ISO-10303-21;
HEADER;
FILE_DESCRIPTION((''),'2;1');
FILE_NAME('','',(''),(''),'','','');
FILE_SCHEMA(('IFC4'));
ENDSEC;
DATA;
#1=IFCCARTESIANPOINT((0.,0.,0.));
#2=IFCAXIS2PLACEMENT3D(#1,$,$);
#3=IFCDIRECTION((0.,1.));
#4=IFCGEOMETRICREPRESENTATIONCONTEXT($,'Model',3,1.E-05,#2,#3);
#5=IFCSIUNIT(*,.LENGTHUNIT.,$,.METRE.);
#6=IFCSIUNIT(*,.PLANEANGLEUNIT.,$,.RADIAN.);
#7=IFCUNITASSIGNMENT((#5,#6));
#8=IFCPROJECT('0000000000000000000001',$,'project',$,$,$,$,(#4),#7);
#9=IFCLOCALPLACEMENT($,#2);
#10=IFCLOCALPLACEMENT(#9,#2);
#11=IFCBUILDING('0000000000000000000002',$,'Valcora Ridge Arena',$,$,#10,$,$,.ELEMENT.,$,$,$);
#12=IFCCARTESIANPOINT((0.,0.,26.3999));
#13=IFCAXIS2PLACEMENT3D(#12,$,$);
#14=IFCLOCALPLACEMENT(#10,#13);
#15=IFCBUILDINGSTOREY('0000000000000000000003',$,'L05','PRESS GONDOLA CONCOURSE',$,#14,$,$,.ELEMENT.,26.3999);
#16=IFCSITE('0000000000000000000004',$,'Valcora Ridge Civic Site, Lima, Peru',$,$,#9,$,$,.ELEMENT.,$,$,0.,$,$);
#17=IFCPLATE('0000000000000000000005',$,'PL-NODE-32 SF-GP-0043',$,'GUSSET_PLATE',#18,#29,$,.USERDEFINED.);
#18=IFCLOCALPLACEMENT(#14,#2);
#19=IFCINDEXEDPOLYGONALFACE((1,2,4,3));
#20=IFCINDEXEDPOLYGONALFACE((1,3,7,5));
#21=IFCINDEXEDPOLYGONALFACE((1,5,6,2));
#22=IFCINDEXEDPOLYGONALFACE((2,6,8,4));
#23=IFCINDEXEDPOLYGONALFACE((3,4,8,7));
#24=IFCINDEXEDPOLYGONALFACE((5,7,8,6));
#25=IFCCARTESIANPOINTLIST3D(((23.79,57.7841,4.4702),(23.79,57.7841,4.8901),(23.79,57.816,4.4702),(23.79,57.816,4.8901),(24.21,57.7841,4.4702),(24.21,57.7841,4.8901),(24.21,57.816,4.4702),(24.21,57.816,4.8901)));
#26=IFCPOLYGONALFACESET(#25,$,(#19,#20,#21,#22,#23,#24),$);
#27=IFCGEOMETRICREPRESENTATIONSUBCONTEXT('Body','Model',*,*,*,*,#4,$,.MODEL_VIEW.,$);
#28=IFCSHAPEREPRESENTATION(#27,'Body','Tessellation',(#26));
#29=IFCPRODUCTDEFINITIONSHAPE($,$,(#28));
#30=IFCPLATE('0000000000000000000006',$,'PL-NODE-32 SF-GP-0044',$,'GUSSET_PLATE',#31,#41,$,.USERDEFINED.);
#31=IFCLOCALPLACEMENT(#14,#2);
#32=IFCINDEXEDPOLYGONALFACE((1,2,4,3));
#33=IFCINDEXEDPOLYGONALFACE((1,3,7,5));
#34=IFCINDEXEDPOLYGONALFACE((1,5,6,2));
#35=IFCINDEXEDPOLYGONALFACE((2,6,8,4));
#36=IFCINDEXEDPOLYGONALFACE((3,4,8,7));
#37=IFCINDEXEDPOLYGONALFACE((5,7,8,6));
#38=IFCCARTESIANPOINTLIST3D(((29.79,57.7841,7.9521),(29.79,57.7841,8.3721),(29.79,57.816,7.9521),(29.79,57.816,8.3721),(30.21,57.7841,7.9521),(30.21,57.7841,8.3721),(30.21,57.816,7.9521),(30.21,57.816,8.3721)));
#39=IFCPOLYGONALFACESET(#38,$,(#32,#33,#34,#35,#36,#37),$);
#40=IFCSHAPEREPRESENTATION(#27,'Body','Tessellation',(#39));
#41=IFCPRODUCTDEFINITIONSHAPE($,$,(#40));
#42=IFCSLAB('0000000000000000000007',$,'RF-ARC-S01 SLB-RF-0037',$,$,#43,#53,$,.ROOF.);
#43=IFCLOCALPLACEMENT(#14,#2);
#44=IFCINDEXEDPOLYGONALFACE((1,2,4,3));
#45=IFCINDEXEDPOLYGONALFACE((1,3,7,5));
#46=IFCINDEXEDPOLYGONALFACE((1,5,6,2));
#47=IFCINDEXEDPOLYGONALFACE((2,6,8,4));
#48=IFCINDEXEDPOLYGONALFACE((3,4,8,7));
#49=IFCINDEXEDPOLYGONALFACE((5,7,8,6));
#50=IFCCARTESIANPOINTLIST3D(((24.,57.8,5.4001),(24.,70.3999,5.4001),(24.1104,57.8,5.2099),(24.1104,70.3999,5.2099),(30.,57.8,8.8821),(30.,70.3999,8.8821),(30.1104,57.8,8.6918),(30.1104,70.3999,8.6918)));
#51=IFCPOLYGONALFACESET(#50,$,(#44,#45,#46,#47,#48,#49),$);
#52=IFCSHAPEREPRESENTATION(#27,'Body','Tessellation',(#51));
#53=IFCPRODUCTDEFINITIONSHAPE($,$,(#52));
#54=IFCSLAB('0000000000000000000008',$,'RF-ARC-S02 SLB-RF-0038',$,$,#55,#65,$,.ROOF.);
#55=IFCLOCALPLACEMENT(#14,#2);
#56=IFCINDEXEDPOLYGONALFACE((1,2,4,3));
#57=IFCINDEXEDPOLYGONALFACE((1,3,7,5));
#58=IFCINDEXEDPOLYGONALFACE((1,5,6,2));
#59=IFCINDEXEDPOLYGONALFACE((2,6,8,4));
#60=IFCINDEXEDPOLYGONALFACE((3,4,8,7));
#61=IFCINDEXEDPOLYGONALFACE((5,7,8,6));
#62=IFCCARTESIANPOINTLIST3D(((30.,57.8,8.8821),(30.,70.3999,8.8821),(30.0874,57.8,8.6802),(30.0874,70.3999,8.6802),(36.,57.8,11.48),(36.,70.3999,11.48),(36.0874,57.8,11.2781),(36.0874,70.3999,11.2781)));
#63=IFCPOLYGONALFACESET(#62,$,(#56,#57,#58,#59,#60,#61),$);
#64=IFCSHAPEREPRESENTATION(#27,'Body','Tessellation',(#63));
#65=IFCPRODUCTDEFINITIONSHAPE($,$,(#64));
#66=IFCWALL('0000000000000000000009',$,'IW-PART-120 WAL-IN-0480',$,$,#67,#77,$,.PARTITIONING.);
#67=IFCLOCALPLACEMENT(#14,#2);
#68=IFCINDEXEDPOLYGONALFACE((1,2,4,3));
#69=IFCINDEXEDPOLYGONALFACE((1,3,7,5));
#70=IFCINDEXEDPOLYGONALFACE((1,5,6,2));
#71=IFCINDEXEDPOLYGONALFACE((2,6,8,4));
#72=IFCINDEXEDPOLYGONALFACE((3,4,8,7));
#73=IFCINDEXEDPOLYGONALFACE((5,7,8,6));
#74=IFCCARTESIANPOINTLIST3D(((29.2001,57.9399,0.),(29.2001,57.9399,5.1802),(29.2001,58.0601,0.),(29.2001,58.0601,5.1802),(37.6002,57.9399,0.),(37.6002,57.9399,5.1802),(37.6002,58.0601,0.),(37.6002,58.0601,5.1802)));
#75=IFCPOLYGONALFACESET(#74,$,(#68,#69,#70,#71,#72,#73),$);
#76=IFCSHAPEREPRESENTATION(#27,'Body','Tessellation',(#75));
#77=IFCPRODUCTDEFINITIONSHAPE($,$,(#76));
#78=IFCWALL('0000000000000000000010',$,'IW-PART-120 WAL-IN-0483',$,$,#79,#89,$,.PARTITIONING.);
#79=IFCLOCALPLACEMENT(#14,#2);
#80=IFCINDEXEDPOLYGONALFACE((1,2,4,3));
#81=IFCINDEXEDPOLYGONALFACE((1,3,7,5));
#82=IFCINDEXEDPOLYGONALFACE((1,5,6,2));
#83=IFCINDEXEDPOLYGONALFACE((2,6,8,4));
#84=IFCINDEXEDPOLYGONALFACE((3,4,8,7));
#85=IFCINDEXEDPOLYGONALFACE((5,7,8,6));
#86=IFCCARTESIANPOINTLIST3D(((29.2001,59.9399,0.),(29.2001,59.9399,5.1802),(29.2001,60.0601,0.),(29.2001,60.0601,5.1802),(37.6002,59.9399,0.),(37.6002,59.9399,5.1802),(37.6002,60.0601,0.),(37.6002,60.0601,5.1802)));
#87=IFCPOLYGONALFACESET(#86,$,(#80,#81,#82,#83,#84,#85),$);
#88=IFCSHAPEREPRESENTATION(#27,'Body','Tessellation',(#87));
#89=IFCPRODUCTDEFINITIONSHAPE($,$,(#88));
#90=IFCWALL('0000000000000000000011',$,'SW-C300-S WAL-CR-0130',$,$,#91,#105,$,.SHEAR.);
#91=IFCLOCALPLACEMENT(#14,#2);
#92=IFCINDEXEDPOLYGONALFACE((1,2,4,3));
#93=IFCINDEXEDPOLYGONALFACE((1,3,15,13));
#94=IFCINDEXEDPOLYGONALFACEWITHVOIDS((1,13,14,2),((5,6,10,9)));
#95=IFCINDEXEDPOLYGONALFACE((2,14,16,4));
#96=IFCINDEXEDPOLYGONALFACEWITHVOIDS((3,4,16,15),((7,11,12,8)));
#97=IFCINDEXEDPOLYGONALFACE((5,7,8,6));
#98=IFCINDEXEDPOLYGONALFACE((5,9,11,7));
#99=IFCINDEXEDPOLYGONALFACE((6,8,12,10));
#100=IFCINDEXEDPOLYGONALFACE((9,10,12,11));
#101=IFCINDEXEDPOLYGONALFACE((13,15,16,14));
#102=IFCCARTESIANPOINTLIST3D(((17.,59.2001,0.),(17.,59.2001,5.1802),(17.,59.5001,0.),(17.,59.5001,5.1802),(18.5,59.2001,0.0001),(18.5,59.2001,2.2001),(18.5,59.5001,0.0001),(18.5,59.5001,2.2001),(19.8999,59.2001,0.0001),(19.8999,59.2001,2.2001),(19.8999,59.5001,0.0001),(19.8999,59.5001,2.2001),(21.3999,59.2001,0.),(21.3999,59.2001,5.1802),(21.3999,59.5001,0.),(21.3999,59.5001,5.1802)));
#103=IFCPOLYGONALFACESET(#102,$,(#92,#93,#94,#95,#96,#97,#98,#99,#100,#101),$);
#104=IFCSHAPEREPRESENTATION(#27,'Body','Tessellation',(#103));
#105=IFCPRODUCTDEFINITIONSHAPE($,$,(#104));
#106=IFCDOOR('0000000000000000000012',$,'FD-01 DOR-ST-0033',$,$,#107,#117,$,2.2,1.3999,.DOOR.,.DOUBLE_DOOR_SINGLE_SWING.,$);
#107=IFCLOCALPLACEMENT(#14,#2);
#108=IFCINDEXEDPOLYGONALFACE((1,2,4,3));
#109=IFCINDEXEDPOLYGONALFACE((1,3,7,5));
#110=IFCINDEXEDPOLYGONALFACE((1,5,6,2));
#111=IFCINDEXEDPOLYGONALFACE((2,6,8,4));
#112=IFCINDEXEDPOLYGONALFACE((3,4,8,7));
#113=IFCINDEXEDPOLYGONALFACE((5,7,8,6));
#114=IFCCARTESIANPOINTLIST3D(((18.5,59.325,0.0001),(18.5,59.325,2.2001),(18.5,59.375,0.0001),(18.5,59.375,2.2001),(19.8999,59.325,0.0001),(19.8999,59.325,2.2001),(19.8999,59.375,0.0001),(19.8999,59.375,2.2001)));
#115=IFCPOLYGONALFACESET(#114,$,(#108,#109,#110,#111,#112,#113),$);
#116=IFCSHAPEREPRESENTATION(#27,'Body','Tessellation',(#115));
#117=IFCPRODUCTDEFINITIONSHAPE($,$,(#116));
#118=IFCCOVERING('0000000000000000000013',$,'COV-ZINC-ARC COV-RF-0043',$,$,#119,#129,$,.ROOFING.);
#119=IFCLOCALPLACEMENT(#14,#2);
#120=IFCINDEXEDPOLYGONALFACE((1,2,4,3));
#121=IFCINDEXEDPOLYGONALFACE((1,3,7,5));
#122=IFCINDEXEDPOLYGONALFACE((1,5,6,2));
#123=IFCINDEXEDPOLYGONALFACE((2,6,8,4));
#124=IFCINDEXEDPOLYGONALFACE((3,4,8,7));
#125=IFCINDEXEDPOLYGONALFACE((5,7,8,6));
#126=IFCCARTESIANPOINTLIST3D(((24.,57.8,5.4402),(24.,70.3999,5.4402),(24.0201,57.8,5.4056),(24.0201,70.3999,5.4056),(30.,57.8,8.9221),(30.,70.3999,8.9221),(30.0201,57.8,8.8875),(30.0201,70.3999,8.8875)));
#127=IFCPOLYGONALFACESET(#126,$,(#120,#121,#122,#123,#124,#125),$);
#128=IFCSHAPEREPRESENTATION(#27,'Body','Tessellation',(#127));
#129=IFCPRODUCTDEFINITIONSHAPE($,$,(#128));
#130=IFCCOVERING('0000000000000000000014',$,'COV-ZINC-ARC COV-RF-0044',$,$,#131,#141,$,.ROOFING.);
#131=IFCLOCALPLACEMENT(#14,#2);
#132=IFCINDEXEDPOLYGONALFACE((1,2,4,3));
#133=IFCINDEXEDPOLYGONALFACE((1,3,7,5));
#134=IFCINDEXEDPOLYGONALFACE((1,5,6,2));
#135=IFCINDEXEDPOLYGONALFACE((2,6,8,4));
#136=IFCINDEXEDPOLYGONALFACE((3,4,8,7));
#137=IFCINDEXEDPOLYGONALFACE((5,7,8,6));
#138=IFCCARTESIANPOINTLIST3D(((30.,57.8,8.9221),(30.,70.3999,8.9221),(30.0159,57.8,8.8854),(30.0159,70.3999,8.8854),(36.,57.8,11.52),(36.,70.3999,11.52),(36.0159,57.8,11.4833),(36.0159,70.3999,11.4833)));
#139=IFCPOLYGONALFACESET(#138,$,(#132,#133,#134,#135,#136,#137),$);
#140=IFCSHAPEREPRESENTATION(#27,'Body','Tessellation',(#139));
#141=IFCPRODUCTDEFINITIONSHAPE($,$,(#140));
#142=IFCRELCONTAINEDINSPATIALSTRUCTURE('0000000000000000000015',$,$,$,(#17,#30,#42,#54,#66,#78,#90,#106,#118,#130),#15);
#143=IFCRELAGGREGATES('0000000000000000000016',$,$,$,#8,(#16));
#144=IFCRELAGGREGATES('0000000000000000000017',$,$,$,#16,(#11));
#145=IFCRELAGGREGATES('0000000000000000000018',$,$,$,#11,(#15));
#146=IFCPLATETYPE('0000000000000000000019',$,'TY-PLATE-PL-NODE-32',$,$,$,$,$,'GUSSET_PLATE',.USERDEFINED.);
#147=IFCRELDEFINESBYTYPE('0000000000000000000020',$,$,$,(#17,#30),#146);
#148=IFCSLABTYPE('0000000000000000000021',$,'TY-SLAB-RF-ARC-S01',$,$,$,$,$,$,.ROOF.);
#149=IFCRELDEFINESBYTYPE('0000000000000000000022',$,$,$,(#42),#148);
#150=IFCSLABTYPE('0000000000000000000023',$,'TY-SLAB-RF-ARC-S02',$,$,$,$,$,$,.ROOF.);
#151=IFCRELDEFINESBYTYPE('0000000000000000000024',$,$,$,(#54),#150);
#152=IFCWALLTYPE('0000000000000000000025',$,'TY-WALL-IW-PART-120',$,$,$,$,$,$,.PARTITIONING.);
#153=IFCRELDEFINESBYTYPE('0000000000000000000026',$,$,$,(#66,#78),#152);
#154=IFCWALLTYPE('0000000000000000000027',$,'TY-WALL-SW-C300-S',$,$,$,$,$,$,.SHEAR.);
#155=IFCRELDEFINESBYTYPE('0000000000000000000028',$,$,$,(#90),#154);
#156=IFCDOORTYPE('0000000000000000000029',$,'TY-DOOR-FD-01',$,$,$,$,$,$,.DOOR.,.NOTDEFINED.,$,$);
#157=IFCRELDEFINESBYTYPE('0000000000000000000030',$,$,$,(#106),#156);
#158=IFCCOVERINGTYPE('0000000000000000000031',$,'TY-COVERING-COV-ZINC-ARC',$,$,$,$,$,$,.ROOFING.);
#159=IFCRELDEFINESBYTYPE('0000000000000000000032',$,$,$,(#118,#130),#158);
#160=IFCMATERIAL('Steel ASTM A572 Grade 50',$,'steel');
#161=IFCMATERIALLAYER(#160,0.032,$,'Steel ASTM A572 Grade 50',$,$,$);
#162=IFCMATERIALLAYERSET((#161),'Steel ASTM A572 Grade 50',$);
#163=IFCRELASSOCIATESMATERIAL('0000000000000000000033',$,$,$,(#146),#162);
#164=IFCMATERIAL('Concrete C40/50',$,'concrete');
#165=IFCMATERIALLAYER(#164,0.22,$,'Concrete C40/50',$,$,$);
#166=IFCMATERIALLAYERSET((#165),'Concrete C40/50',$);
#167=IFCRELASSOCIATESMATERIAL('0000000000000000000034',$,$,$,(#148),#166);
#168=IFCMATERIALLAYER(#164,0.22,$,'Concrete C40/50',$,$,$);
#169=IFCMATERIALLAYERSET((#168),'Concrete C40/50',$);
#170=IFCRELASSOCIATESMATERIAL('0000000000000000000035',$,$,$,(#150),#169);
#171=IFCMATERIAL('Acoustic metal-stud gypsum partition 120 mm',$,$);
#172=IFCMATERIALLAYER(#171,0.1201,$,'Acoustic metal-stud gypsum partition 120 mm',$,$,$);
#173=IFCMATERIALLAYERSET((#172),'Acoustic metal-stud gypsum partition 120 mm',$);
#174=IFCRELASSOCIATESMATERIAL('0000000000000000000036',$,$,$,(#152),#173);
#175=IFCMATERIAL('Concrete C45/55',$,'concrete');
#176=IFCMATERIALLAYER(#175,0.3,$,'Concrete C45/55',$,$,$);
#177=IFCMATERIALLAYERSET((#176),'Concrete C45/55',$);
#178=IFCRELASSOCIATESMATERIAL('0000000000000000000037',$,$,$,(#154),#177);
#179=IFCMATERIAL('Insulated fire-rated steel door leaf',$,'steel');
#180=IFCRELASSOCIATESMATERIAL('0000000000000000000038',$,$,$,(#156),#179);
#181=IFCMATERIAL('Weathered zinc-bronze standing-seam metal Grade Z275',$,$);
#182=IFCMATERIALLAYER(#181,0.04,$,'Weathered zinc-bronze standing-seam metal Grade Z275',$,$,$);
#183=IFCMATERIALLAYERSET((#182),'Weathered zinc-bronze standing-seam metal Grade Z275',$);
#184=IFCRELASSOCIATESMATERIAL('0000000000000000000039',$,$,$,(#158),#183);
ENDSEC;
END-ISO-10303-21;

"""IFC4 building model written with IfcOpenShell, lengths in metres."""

from ifc_helpers import new_model, si_unit, direction, frame, frame_2d, origin, origin_2d, place, context, subcontext, project, spatial, polyline, rectangle, outline, extrude, material, layer, layer_set, type_object, element, fill, save


model = new_model("IFC4")

# Units and contexts
model_context = context("Model", 3, precision=1e-05, world=origin(), true_north=direction((0.0, 1.0)))
body_context = subcontext(model_context, "Body", "Model", "MODEL_VIEW")
ifc_project = project(units=[si_unit("LENGTHUNIT", "METRE"), si_unit("PLANEANGLEUNIT", "RADIAN")], contexts=[model_context])

# Site, building, storey
site_placement = place(None, origin())
site = spatial("IfcSite", under=ifc_project, at=site_placement, Name="Valcora Ridge Civic Site, Lima, Peru", CompositionType="ELEMENT", RefElevation=0.0)
building_placement = place(site_placement, origin())
building = spatial("IfcBuilding", under=site, at=building_placement, Name="Valcora Ridge Arena", CompositionType="ELEMENT")
storey_placement = place(building_placement, frame((0.0, 0.0, 26.3999)))
storey = spatial("IfcBuildingStorey", under=building, at=storey_placement, Name="L05", Description="PRESS GONDOLA CONCOURSE", CompositionType="ELEMENT", Elevation=26.3999)

# Shared definitions
ifc_material_1 = material(Name="Steel ASTM A572 Grade 50", Category="steel")

# Plates
ifc_layer_1 = layer(ifc_material_1, 0.032, Name="Steel ASTM A572 Grade 50")
ifc_layer_set_1 = layer_set([ifc_layer_1], Name="Steel ASTM A572 Grade 50")
plate_type_1 = type_object("IfcPlateType", Name="TY-PLATE-PL-NODE-32", ElementType="GUSSET_PLATE", PredefinedType="USERDEFINED", material=ifc_layer_set_1)
for number, where, z_axis, x_axis, name in (
    (1, (24.0, 57.8, 4.4702), (0.0, 0.0, 1.0), (1.0, 0.0, 0.0), "PL-NODE-32 SF-GP-0043"),
    (2, (30.0, 57.8, 7.9521), (0.0, 0.0, 1.0), (1.0, 0.0, 0.0), "PL-NODE-32 SF-GP-0044"),
):
    element("IfcPlate", number, at=place(storey_placement, frame(where, z_axis=z_axis, x_axis=x_axis)), inside=storey, type_object=plate_type_1, Name=name, ObjectType="GUSSET_PLATE", PredefinedType="USERDEFINED", context=body_context, shape_type="SweptSolid", body=[
        extrude(rectangle(XDim=0.4199, YDim=0.032, at=origin_2d()), origin(), (0.0, 0.0, 1.0), 0.4199),
    ])

# Slabs
ifc_material_2 = material(Name="Concrete C40/50", Category="concrete")
ifc_layer_2 = layer(ifc_material_2, 0.22, Name="Concrete C40/50")
ifc_layer_set_2 = layer_set([ifc_layer_2], Name="Concrete C40/50")
slab_type_1 = type_object("IfcSlabType", Name="TY-SLAB-RF-ARC-S01", PredefinedType="ROOF", material=ifc_layer_set_2)
slab_1_placement = place(storey_placement, frame((24.0, 57.8, 5.4001), z_axis=(-0.501927, 0.0, 0.86491), x_axis=(0.86491, 0.0, 0.501927)))
element("IfcSlab", 3, at=slab_1_placement, inside=storey, type_object=slab_type_1, Name="RF-ARC-S01 SLB-RF-0037", PredefinedType="ROOF", context=body_context, shape_type="SweptSolid", body=[
    extrude(outline(polyline([(0.0, 0.0), (6.9371, 0.0), (6.9371, 12.5999), (0.0, 12.5999), (0.0, 0.0)])), origin(), (0.0, 0.0, -1.0), 0.22),
])
ifc_layer_3 = layer(ifc_material_2, 0.22, Name="Concrete C40/50")
ifc_layer_set_3 = layer_set([ifc_layer_3], Name="Concrete C40/50")
slab_type_2 = type_object("IfcSlabType", Name="TY-SLAB-RF-ARC-S02", PredefinedType="ROOF", material=ifc_layer_set_3)
slab_2_placement = place(storey_placement, frame((30.0, 57.8, 8.8821), z_axis=(-0.397337, 0.0, 0.917673), x_axis=(0.917673, 0.0, 0.397337)))
element("IfcSlab", 4, at=slab_2_placement, inside=storey, type_object=slab_type_2, Name="RF-ARC-S02 SLB-RF-0038", PredefinedType="ROOF", context=body_context, shape_type="SweptSolid", body=[
    extrude(outline(polyline([(0.0, 0.0), (6.5383, 0.0), (6.5383, 12.5999), (0.0, 12.5999), (0.0, 0.0)])), origin(), (0.0, 0.0, -1.0), 0.22),
])

# Walls
ifc_material_3 = material(Name="Acoustic metal-stud gypsum partition 120 mm")
ifc_layer_4 = layer(ifc_material_3, 0.1201, Name="Acoustic metal-stud gypsum partition 120 mm")
ifc_layer_set_4 = layer_set([ifc_layer_4], Name="Acoustic metal-stud gypsum partition 120 mm")
wall_type_1 = type_object("IfcWallType", Name="TY-WALL-IW-PART-120", PredefinedType="PARTITIONING", material=ifc_layer_set_4)
for number, where, z_axis, x_axis, name in (
    (5, (29.2, 58.0, 0.0), (0.0, 0.0, 1.0), (1.0, 0.0, 0.0), "IW-PART-120 WAL-IN-0480"),
    (6, (29.2, 60.0, 0.0), (0.0, 0.0, 1.0), (1.0, 0.0, 0.0), "IW-PART-120 WAL-IN-0483"),
):
    element("IfcWall", number, at=place(storey_placement, frame(where, z_axis=z_axis, x_axis=x_axis)), inside=storey, type_object=wall_type_1, Name=name, PredefinedType="PARTITIONING", context=body_context, shape_type="SweptSolid", body=[
        extrude(rectangle(XDim=8.4001, YDim=0.1201, at=frame_2d((4.2002, 0.0))), origin(), (0.0, 0.0, 1.0), 5.1802),
    ])

# Wall, opening, door
ifc_material_4 = material(Name="Concrete C45/55", Category="concrete")
ifc_layer_5 = layer(ifc_material_4, 0.3, Name="Concrete C45/55")
ifc_layer_set_5 = layer_set([ifc_layer_5], Name="Concrete C45/55")
wall_type_2 = type_object("IfcWallType", Name="TY-WALL-SW-C300-S", PredefinedType="SHEAR", material=ifc_layer_set_5)
wall_placement = place(storey_placement, frame((17.0, 59.3501, 0.0), z_axis=(0.0, 0.0, 1.0), x_axis=(1.0, 0.0, 0.0)))
wall = element("IfcWall", 7, at=wall_placement, inside=storey, type_object=wall_type_2, Name="SW-C300-S WAL-CR-0130", PredefinedType="SHEAR", context=body_context, shape_type="SweptSolid", body=[
    extrude(rectangle(XDim=4.3999, YDim=0.3, at=frame_2d((2.2, 0.0))), origin(), (0.0, 0.0, 1.0), 5.1802),
])
opening_placement = place(wall_placement, frame((1.5, 0.0, 0.0)))
opening = element("IfcOpeningElement", 8, at=opening_placement, cuts=wall, PredefinedType="OPENING", context=body_context, shape_type="SweptSolid", body=[
    extrude(rectangle(XDim=1.3999, YDim=2.2, at=frame_2d((0.7, 1.1001))), frame((0.0, 0.1599, 0.0), z_axis=(0.0, -1.0, 0.0), x_axis=(1.0, 0.0, 0.0)), (0.0, 0.0, 1.0), 0.3201),
])
ifc_material_5 = material(Name="Insulated fire-rated steel door leaf", Category="steel")
door_type = type_object("IfcDoorType", Name="TY-DOOR-FD-01", OperationType="NOTDEFINED", PredefinedType="DOOR", material=ifc_material_5)
door_placement = place(opening_placement, origin())
door = element("IfcDoor", 9, at=door_placement, inside=storey, type_object=door_type, Name="FD-01 DOR-ST-0033", OperationType="DOUBLE_DOOR_SINGLE_SWING", OverallHeight=2.2, OverallWidth=1.3999, PredefinedType="DOOR", context=body_context, shape_type="SweptSolid", body=[
    extrude(rectangle(XDim=1.3999, YDim=2.2, at=frame_2d((0.7, 1.1001))), frame((0.0, 0.0249, 0.0), z_axis=(0.0, -1.0, 0.0), x_axis=(1.0, 0.0, 0.0)), (0.0, 0.0, 1.0), 0.05),
])
fill(opening, door)

# Coverings
ifc_material_6 = material(Name="Weathered zinc-bronze standing-seam metal Grade Z275")
ifc_layer_6 = layer(ifc_material_6, 0.04, Name="Weathered zinc-bronze standing-seam metal Grade Z275")
ifc_layer_set_6 = layer_set([ifc_layer_6], Name="Weathered zinc-bronze standing-seam metal Grade Z275")
covering_type = type_object("IfcCoveringType", Name="TY-COVERING-COV-ZINC-ARC", PredefinedType="ROOFING", material=ifc_layer_set_6)
covering_1_placement = place(storey_placement, frame((24.0, 57.8, 5.4402), z_axis=(-0.501927, 0.0, 0.86491), x_axis=(0.86491, 0.0, 0.501927)))
element("IfcCovering", 10, at=covering_1_placement, inside=storey, type_object=covering_type, Name="COV-ZINC-ARC COV-RF-0043", PredefinedType="ROOFING", context=body_context, shape_type="SweptSolid", body=[
    extrude(outline(polyline([(0.0, 0.0), (6.9371, 0.0), (6.9371, 12.5999), (0.0, 12.5999), (0.0, 0.0)])), origin(), (0.0, 0.0, -1.0), 0.04),
])
covering_2_placement = place(storey_placement, frame((30.0, 57.8, 8.9221), z_axis=(-0.397337, 0.0, 0.917673), x_axis=(0.917673, 0.0, 0.397337)))
element("IfcCovering", 11, at=covering_2_placement, inside=storey, type_object=covering_type, Name="COV-ZINC-ARC COV-RF-0044", PredefinedType="ROOFING", context=body_context, shape_type="SweptSolid", body=[
    extrude(outline(polyline([(0.0, 0.0), (6.5383, 0.0), (6.5383, 12.5999), (0.0, 12.5999), (0.0, 0.0)])), origin(), (0.0, 0.0, -1.0), 0.04),
])

save(model, "model.ifc")
